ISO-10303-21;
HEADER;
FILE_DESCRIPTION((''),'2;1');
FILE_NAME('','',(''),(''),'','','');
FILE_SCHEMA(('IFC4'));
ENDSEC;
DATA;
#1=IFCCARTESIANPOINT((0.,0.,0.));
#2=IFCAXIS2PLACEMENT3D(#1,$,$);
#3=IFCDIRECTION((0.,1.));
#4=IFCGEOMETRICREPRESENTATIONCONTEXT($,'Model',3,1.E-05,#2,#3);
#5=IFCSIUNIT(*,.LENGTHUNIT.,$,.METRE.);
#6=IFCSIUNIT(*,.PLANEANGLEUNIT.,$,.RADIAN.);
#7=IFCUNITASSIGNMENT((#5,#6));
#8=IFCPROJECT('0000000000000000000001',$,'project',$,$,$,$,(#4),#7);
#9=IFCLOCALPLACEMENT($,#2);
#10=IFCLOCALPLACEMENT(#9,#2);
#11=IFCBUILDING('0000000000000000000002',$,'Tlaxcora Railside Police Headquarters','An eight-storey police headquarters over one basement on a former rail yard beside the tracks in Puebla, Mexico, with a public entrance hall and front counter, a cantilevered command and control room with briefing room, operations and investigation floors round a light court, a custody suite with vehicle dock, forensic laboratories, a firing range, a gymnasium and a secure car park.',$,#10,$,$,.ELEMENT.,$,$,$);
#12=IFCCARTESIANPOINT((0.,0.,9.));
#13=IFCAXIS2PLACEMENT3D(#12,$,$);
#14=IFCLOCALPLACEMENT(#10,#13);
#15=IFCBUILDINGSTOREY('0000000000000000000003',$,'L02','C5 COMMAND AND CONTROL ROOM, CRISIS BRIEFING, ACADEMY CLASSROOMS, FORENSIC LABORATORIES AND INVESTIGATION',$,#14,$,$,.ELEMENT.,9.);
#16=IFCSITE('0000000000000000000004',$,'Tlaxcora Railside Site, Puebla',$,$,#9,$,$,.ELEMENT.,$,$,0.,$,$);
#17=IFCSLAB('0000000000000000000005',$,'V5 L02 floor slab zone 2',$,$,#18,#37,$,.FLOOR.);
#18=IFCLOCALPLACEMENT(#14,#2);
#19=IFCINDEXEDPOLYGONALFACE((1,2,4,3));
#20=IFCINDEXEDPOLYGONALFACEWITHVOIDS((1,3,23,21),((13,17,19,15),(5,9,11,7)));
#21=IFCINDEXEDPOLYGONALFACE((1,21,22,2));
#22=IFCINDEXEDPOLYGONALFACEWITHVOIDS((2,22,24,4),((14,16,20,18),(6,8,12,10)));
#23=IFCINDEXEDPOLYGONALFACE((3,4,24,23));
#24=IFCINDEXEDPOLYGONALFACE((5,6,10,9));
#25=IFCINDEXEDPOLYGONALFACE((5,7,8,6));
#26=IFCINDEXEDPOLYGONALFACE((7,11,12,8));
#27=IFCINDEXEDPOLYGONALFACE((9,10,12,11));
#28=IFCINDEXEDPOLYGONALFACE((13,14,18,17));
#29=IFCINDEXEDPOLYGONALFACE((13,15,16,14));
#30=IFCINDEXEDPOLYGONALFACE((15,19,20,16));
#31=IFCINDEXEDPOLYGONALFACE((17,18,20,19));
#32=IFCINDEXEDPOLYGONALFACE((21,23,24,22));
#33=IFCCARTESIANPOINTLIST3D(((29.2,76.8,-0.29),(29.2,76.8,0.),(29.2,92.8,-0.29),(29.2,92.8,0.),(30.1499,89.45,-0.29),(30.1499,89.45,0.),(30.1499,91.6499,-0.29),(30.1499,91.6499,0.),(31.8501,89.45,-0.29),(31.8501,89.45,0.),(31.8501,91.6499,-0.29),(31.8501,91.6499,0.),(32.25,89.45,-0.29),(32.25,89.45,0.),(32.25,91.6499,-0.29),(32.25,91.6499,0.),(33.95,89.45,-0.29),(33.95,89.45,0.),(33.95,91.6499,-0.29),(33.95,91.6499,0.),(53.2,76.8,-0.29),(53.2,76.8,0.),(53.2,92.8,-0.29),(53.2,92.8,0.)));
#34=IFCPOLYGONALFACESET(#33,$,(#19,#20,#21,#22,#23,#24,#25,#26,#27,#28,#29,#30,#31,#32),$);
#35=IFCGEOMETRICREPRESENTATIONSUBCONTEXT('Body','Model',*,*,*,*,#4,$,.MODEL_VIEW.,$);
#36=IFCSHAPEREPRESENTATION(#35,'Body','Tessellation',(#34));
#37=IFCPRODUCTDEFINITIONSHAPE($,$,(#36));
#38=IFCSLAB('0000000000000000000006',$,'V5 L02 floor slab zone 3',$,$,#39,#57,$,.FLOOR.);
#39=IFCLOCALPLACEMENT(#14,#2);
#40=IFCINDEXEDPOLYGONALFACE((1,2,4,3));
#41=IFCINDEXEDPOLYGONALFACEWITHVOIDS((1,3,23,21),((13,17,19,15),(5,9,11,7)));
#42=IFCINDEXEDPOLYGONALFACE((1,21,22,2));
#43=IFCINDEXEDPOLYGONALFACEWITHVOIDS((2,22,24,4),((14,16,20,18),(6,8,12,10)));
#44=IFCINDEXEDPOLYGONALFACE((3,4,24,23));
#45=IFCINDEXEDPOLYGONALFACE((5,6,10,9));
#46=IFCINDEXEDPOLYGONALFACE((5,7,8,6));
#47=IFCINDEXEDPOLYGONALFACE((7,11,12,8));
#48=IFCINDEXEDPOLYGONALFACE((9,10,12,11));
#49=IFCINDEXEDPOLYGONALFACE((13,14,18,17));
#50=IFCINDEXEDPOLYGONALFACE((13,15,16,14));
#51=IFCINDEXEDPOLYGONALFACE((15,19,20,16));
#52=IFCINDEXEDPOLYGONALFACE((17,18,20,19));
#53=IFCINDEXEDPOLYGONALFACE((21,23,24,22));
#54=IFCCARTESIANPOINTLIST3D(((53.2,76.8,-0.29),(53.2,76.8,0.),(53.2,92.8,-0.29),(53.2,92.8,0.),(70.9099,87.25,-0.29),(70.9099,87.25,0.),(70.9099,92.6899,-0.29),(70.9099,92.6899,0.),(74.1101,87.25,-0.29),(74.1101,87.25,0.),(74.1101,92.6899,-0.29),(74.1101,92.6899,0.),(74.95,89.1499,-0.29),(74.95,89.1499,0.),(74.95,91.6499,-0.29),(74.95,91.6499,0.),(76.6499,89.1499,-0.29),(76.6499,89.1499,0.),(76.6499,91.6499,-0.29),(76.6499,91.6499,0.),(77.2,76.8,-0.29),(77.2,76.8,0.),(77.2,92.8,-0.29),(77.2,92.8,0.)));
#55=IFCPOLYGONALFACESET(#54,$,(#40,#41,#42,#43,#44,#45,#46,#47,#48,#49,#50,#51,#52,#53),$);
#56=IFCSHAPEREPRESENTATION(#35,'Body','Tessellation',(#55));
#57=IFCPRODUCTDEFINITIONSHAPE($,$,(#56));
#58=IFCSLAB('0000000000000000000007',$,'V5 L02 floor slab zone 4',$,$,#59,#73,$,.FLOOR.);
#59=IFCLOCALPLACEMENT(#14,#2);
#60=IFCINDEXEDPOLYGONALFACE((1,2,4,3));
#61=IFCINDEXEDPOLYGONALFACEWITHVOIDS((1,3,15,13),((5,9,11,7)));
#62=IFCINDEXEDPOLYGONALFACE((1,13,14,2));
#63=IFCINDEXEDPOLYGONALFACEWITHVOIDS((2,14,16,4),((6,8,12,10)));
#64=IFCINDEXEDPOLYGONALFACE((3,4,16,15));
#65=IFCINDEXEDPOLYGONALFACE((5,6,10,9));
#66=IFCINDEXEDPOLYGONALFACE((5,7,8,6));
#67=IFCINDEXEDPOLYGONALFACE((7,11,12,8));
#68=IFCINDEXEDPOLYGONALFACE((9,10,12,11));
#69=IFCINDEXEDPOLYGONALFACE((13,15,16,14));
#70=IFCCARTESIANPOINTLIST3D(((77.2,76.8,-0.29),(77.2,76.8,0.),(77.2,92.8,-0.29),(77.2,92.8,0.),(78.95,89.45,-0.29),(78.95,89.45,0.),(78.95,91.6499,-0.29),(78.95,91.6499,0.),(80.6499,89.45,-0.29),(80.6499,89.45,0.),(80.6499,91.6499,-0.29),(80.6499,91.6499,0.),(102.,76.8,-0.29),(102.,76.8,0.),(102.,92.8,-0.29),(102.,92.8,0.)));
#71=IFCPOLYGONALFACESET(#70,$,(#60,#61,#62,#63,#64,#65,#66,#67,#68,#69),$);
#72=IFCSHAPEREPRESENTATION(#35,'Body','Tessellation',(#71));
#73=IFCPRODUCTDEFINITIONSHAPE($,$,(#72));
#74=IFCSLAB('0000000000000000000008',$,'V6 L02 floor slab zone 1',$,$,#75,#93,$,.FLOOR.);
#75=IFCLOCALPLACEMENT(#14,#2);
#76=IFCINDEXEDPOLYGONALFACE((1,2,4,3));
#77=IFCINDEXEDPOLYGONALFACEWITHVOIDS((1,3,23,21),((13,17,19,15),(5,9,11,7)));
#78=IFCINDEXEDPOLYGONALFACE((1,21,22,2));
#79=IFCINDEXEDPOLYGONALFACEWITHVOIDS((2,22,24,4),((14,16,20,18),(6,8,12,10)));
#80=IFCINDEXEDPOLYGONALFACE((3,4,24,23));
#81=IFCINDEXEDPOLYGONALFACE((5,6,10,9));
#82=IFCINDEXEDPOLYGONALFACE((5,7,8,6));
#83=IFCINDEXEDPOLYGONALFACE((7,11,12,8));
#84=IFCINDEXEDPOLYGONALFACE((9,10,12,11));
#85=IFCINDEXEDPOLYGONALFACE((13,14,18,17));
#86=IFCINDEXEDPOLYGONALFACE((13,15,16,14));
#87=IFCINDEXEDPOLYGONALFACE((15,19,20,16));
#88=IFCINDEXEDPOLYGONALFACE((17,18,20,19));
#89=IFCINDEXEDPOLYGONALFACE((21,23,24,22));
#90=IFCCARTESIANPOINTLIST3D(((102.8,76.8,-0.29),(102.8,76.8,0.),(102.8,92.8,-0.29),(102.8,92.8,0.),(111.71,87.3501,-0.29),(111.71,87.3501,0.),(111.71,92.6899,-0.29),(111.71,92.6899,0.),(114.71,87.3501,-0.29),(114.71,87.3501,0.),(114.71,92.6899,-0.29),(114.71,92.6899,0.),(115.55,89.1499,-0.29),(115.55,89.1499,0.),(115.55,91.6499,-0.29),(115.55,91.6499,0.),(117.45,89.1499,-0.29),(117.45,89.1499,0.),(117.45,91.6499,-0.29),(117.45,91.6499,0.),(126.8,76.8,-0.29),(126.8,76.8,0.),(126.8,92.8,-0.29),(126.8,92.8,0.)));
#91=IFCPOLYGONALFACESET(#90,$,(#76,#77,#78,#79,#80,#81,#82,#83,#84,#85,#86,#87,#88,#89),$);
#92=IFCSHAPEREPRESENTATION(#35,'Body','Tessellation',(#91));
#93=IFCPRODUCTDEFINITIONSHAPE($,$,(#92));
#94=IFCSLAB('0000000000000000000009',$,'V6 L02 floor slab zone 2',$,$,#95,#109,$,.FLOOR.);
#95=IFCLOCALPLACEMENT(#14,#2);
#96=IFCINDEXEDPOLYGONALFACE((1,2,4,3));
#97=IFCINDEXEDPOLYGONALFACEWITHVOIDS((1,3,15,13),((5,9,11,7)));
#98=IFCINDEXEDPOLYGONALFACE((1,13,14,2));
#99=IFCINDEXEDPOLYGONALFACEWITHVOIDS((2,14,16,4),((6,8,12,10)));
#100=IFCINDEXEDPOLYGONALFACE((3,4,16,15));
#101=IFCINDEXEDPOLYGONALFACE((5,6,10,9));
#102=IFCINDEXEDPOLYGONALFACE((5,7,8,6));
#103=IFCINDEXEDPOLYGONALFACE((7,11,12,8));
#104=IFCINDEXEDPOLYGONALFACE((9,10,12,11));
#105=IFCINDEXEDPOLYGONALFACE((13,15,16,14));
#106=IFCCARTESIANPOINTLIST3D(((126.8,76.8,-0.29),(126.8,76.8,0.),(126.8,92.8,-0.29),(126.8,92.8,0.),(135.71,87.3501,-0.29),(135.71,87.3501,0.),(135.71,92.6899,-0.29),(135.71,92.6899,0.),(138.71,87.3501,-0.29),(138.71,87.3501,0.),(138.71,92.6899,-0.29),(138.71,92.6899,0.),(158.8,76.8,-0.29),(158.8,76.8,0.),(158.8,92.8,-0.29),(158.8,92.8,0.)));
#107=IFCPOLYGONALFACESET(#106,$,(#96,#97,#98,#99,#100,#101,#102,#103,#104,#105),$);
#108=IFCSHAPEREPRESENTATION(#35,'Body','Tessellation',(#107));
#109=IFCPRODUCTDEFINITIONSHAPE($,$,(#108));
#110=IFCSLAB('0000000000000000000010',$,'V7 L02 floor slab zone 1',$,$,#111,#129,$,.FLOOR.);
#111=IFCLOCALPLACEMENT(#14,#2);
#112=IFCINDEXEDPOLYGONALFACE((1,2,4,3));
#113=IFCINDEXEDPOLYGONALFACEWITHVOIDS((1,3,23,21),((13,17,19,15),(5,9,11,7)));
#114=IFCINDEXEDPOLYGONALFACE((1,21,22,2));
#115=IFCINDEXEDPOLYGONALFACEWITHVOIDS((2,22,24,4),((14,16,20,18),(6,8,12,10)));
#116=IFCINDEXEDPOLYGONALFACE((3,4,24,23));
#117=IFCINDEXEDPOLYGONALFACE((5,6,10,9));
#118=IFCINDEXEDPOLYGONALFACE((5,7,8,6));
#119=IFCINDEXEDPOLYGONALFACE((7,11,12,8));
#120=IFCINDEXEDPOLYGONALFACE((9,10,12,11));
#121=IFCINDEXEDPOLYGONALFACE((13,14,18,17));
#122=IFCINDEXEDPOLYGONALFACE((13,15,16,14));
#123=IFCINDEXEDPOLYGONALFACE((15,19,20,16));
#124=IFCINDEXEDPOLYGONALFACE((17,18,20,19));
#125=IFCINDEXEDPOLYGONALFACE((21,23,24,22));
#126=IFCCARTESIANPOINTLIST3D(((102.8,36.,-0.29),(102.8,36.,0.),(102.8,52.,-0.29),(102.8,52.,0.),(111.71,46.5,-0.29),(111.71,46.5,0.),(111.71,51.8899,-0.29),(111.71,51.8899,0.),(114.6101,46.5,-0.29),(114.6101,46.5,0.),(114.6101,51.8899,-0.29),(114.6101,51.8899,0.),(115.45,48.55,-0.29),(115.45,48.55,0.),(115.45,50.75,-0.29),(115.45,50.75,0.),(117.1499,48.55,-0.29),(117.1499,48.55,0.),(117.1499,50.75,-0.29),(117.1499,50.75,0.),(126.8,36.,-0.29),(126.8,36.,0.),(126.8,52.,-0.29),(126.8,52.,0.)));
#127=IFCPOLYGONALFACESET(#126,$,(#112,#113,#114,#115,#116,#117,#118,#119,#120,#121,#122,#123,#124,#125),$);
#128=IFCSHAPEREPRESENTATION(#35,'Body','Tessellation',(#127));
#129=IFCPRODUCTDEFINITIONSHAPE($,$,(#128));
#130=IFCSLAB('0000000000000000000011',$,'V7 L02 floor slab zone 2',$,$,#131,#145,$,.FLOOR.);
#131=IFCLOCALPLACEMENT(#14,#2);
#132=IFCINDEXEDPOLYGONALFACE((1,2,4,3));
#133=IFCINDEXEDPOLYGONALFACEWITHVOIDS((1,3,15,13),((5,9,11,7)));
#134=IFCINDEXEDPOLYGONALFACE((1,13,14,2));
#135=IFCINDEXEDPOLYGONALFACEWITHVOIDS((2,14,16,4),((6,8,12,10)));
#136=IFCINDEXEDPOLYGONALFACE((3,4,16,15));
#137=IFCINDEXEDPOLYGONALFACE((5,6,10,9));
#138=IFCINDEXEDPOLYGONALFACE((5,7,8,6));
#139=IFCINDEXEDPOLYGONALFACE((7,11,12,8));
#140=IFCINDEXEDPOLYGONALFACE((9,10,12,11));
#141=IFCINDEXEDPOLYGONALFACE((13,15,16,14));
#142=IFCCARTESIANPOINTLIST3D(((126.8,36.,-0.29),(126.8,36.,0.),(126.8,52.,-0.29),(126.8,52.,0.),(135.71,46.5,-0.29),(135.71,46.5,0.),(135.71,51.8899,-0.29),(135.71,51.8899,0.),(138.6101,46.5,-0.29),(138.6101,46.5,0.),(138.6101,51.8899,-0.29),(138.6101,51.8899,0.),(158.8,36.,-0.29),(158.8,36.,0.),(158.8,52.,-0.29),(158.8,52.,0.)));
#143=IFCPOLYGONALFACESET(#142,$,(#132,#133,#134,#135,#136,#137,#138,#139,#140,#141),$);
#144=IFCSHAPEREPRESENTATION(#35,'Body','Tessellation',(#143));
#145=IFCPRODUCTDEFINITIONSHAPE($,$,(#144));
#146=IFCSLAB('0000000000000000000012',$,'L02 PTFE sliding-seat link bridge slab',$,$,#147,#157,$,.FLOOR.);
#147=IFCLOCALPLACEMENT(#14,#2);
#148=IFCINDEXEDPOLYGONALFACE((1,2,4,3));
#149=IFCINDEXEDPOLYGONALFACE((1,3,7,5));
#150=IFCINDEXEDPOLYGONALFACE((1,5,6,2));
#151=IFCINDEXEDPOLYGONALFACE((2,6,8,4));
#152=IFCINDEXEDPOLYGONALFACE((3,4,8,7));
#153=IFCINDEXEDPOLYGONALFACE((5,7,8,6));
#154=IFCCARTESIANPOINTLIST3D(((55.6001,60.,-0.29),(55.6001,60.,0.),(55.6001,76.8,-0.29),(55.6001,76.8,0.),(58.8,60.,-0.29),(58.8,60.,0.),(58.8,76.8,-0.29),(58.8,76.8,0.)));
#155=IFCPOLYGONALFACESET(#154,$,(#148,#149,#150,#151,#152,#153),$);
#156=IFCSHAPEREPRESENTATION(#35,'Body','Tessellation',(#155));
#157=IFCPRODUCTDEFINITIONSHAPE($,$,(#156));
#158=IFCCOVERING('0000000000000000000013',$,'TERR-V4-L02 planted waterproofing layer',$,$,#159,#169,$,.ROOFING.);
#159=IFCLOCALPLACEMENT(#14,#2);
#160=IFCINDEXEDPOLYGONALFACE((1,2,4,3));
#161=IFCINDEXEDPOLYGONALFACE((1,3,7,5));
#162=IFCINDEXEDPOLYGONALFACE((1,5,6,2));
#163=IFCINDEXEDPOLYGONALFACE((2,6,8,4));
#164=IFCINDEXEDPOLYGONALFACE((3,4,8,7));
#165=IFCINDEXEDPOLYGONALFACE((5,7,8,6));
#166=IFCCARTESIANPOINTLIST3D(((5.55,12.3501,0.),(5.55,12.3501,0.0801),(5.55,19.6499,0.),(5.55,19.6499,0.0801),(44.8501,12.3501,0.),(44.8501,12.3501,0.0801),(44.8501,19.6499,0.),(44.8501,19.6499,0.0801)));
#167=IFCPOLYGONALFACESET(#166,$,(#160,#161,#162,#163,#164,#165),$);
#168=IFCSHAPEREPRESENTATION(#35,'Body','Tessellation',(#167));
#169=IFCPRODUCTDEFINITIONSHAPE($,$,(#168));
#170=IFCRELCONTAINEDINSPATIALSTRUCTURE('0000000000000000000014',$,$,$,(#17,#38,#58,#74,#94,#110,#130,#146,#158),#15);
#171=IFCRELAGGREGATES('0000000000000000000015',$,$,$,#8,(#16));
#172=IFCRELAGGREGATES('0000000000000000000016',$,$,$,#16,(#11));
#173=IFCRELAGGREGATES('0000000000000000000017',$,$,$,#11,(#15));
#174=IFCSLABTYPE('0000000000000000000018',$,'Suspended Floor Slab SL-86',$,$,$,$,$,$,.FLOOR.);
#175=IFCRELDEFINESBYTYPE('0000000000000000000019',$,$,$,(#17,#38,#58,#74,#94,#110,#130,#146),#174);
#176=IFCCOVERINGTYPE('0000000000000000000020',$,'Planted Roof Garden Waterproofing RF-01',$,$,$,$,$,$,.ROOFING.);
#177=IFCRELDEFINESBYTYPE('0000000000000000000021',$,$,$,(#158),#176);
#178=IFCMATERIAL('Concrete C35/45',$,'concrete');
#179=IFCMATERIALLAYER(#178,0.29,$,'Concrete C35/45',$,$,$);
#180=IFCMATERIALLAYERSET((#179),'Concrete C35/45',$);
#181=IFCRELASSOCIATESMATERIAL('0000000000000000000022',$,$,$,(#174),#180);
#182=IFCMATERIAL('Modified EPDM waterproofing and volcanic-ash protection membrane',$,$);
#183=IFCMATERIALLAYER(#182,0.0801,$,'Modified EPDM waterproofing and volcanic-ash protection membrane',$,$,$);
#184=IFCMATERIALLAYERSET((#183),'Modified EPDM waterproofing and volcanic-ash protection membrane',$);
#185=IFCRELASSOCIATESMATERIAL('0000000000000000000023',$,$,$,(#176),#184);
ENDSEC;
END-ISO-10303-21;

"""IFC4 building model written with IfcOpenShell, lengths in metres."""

from ifc_helpers import new_model, si_unit, direction, frame, origin, place, context, subcontext, project, spatial, polyline, outline, extrude, material, layer, layer_set, type_object, element, save


model = new_model("IFC4")

# Units and contexts
model_context = context("Model", 3, precision=1e-05, world=origin(), true_north=direction((0.0, 1.0)))
body_context = subcontext(model_context, "Body", "Model", "MODEL_VIEW")
ifc_project = project(units=[si_unit("LENGTHUNIT", "METRE"), si_unit("PLANEANGLEUNIT", "RADIAN")], contexts=[model_context])

# Site, building, storey
site_placement = place(None, origin())
site = spatial("IfcSite", under=ifc_project, at=site_placement, Name="Tlaxcora Railside Site, Puebla", CompositionType="ELEMENT", RefElevation=0.0)
building_placement = place(site_placement, origin())
building = spatial("IfcBuilding", under=site, at=building_placement, Name="Tlaxcora Railside Police Headquarters", Description="An eight-storey police headquarters over one basement on a former rail yard beside the tracks in Puebla, Mexico, with a public entrance hall and front counter, a cantilevered command and control room with briefing room, operations and investigation floors round a light court, a custody suite with vehicle dock, forensic laboratories, a firing range, a gymnasium and a secure car park.", CompositionType="ELEMENT")
storey_placement = place(building_placement, frame((0.0, 0.0, 9.0)))
storey = spatial("IfcBuildingStorey", under=building, at=storey_placement, Name="L02", Description="C5 COMMAND AND CONTROL ROOM, CRISIS BRIEFING, ACADEMY CLASSROOMS, FORENSIC LABORATORIES AND INVESTIGATION", CompositionType="ELEMENT", Elevation=9.0)

# Shared definitions
ifc_material_1 = material(Name="Concrete C35/45", Category="concrete")

# Slabs
ifc_layer_1 = layer(ifc_material_1, 0.29, Name="Concrete C35/45")
ifc_layer_set_1 = layer_set([ifc_layer_1], Name="Concrete C35/45")
slab_type_1 = type_object("IfcSlabType", Name="Suspended Floor Slab SL-86", PredefinedType="FLOOR", material=ifc_layer_set_1)
slab_1_placement = place(storey_placement, frame((0.0, 0.0, -0.29)))
element("IfcSlab", 1, at=slab_1_placement, inside=storey, type_object=slab_type_1, Name="V5 L02 floor slab zone 2", PredefinedType="FLOOR", context=body_context, shape_type="SweptSolid", body=[
    extrude(outline(polyline([(53.2, 92.8), (29.2, 92.8), (29.2, 76.8), (53.2, 76.8), (53.2, 92.8)]), holes=[polyline([(31.8501, 89.45), (30.1499, 89.45), (30.1499, 91.6499), (31.8501, 91.6499), (31.8501, 89.45)]), polyline([(32.25, 89.45), (32.25, 91.6499), (33.95, 91.6499), (33.95, 89.45), (32.25, 89.45)])]), origin(), (0.0, 0.0, 1.0), 0.29),
])
slab_2_placement = place(storey_placement, frame((0.0, 0.0, -0.29)))
element("IfcSlab", 2, at=slab_2_placement, inside=storey, type_object=slab_type_1, Name="V5 L02 floor slab zone 3", PredefinedType="FLOOR", context=body_context, shape_type="SweptSolid", body=[
    extrude(outline(polyline([(77.2, 92.8), (53.2, 92.8), (53.2, 76.8), (77.2, 76.8), (77.2, 92.8)]), holes=[polyline([(70.9099, 92.6899), (74.1101, 92.6899), (74.1101, 87.25), (70.9099, 87.25), (70.9099, 92.6899)]), polyline([(76.6499, 91.6499), (76.6499, 89.1499), (74.95, 89.1499), (74.95, 91.6499), (76.6499, 91.6499)])]), origin(), (0.0, 0.0, 1.0), 0.29),
])
slab_3_placement = place(storey_placement, frame((0.0, 0.0, -0.29)))
element("IfcSlab", 3, at=slab_3_placement, inside=storey, type_object=slab_type_1, Name="V5 L02 floor slab zone 4", PredefinedType="FLOOR", context=body_context, shape_type="SweptSolid", body=[
    extrude(outline(polyline([(102.0, 92.8), (77.2, 92.8), (77.2, 76.8), (102.0, 76.8), (102.0, 92.8)]), holes=[polyline([(80.6499, 89.45), (78.95, 89.45), (78.95, 91.6499), (80.6499, 91.6499), (80.6499, 89.45)])]), origin(), (0.0, 0.0, 1.0), 0.29),
])
slab_4_placement = place(storey_placement, frame((0.0, 0.0, -0.29)))
element("IfcSlab", 4, at=slab_4_placement, inside=storey, type_object=slab_type_1, Name="V6 L02 floor slab zone 1", PredefinedType="FLOOR", context=body_context, shape_type="SweptSolid", body=[
    extrude(outline(polyline([(126.8, 92.8), (102.8, 92.8), (102.8, 76.8), (126.8, 76.8), (126.8, 92.8)]), holes=[polyline([(111.71, 92.6899), (114.71, 92.6899), (114.71, 87.3501), (111.71, 87.3501), (111.71, 92.6899)]), polyline([(117.45, 91.6499), (117.45, 89.1499), (115.55, 89.1499), (115.55, 91.6499), (117.45, 91.6499)])]), origin(), (0.0, 0.0, 1.0), 0.29),
])
slab_5_placement = place(storey_placement, frame((0.0, 0.0, -0.29)))
element("IfcSlab", 5, at=slab_5_placement, inside=storey, type_object=slab_type_1, Name="V6 L02 floor slab zone 2", PredefinedType="FLOOR", context=body_context, shape_type="SweptSolid", body=[
    extrude(outline(polyline([(158.8, 92.8), (126.8, 92.8), (126.8, 76.8), (158.8, 76.8), (158.8, 92.8)]), holes=[polyline([(138.71, 87.3501), (135.71, 87.3501), (135.71, 92.6899), (138.71, 92.6899), (138.71, 87.3501)])]), origin(), (0.0, 0.0, 1.0), 0.29),
])
slab_6_placement = place(storey_placement, frame((0.0, 0.0, -0.29)))
element("IfcSlab", 6, at=slab_6_placement, inside=storey, type_object=slab_type_1, Name="V7 L02 floor slab zone 1", PredefinedType="FLOOR", context=body_context, shape_type="SweptSolid", body=[
    extrude(outline(polyline([(126.8, 52.0), (102.8, 52.0), (102.8, 36.0), (126.8, 36.0), (126.8, 52.0)]), holes=[polyline([(111.71, 51.8899), (114.6101, 51.8899), (114.6101, 46.5), (111.71, 46.5), (111.71, 51.8899)]), polyline([(117.1499, 50.75), (117.1499, 48.55), (115.45, 48.55), (115.45, 50.75), (117.1499, 50.75)])]), origin(), (0.0, 0.0, 1.0), 0.29),
])
slab_7_placement = place(storey_placement, frame((0.0, 0.0, -0.29)))
element("IfcSlab", 7, at=slab_7_placement, inside=storey, type_object=slab_type_1, Name="V7 L02 floor slab zone 2", PredefinedType="FLOOR", context=body_context, shape_type="SweptSolid", body=[
    extrude(outline(polyline([(158.8, 52.0), (126.8, 52.0), (126.8, 36.0), (158.8, 36.0), (158.8, 52.0)]), holes=[polyline([(138.6101, 46.5), (135.71, 46.5), (135.71, 51.8899), (138.6101, 51.8899), (138.6101, 46.5)])]), origin(), (0.0, 0.0, 1.0), 0.29),
])
slab_8_placement = place(storey_placement, frame((0.0, 0.0, -0.29)))
element("IfcSlab", 8, at=slab_8_placement, inside=storey, type_object=slab_type_1, Name="L02 PTFE sliding-seat link bridge slab", PredefinedType="FLOOR", context=body_context, shape_type="SweptSolid", body=[
    extrude(outline(polyline([(58.8, 60.0), (58.8, 76.8), (55.6001, 76.8), (55.6001, 60.0), (58.8, 60.0)])), origin(), (0.0, 0.0, 1.0), 0.29),
])

# Covering
ifc_material_2 = material(Name="Modified EPDM waterproofing and volcanic-ash protection membrane")
ifc_layer_2 = layer(ifc_material_2, 0.0801, Name="Modified EPDM waterproofing and volcanic-ash protection membrane")
ifc_layer_set_2 = layer_set([ifc_layer_2], Name="Modified EPDM waterproofing and volcanic-ash protection membrane")
covering_type_1 = type_object("IfcCoveringType", Name="Planted Roof Garden Waterproofing RF-01", PredefinedType="ROOFING", material=ifc_layer_set_2)
covering_1_placement = place(storey_placement, origin())
element("IfcCovering", 9, at=covering_1_placement, inside=storey, type_object=covering_type_1, Name="TERR-V4-L02 planted waterproofing layer", PredefinedType="ROOFING", context=body_context, shape_type="SweptSolid", body=[
    extrude(outline(polyline([(44.8501, 12.3501), (44.8501, 19.6499), (5.55, 19.6499), (5.55, 12.3501), (44.8501, 12.3501)])), origin(), (0.0, 0.0, 1.0), 0.0801),
])

save(model, "model.ifc")
